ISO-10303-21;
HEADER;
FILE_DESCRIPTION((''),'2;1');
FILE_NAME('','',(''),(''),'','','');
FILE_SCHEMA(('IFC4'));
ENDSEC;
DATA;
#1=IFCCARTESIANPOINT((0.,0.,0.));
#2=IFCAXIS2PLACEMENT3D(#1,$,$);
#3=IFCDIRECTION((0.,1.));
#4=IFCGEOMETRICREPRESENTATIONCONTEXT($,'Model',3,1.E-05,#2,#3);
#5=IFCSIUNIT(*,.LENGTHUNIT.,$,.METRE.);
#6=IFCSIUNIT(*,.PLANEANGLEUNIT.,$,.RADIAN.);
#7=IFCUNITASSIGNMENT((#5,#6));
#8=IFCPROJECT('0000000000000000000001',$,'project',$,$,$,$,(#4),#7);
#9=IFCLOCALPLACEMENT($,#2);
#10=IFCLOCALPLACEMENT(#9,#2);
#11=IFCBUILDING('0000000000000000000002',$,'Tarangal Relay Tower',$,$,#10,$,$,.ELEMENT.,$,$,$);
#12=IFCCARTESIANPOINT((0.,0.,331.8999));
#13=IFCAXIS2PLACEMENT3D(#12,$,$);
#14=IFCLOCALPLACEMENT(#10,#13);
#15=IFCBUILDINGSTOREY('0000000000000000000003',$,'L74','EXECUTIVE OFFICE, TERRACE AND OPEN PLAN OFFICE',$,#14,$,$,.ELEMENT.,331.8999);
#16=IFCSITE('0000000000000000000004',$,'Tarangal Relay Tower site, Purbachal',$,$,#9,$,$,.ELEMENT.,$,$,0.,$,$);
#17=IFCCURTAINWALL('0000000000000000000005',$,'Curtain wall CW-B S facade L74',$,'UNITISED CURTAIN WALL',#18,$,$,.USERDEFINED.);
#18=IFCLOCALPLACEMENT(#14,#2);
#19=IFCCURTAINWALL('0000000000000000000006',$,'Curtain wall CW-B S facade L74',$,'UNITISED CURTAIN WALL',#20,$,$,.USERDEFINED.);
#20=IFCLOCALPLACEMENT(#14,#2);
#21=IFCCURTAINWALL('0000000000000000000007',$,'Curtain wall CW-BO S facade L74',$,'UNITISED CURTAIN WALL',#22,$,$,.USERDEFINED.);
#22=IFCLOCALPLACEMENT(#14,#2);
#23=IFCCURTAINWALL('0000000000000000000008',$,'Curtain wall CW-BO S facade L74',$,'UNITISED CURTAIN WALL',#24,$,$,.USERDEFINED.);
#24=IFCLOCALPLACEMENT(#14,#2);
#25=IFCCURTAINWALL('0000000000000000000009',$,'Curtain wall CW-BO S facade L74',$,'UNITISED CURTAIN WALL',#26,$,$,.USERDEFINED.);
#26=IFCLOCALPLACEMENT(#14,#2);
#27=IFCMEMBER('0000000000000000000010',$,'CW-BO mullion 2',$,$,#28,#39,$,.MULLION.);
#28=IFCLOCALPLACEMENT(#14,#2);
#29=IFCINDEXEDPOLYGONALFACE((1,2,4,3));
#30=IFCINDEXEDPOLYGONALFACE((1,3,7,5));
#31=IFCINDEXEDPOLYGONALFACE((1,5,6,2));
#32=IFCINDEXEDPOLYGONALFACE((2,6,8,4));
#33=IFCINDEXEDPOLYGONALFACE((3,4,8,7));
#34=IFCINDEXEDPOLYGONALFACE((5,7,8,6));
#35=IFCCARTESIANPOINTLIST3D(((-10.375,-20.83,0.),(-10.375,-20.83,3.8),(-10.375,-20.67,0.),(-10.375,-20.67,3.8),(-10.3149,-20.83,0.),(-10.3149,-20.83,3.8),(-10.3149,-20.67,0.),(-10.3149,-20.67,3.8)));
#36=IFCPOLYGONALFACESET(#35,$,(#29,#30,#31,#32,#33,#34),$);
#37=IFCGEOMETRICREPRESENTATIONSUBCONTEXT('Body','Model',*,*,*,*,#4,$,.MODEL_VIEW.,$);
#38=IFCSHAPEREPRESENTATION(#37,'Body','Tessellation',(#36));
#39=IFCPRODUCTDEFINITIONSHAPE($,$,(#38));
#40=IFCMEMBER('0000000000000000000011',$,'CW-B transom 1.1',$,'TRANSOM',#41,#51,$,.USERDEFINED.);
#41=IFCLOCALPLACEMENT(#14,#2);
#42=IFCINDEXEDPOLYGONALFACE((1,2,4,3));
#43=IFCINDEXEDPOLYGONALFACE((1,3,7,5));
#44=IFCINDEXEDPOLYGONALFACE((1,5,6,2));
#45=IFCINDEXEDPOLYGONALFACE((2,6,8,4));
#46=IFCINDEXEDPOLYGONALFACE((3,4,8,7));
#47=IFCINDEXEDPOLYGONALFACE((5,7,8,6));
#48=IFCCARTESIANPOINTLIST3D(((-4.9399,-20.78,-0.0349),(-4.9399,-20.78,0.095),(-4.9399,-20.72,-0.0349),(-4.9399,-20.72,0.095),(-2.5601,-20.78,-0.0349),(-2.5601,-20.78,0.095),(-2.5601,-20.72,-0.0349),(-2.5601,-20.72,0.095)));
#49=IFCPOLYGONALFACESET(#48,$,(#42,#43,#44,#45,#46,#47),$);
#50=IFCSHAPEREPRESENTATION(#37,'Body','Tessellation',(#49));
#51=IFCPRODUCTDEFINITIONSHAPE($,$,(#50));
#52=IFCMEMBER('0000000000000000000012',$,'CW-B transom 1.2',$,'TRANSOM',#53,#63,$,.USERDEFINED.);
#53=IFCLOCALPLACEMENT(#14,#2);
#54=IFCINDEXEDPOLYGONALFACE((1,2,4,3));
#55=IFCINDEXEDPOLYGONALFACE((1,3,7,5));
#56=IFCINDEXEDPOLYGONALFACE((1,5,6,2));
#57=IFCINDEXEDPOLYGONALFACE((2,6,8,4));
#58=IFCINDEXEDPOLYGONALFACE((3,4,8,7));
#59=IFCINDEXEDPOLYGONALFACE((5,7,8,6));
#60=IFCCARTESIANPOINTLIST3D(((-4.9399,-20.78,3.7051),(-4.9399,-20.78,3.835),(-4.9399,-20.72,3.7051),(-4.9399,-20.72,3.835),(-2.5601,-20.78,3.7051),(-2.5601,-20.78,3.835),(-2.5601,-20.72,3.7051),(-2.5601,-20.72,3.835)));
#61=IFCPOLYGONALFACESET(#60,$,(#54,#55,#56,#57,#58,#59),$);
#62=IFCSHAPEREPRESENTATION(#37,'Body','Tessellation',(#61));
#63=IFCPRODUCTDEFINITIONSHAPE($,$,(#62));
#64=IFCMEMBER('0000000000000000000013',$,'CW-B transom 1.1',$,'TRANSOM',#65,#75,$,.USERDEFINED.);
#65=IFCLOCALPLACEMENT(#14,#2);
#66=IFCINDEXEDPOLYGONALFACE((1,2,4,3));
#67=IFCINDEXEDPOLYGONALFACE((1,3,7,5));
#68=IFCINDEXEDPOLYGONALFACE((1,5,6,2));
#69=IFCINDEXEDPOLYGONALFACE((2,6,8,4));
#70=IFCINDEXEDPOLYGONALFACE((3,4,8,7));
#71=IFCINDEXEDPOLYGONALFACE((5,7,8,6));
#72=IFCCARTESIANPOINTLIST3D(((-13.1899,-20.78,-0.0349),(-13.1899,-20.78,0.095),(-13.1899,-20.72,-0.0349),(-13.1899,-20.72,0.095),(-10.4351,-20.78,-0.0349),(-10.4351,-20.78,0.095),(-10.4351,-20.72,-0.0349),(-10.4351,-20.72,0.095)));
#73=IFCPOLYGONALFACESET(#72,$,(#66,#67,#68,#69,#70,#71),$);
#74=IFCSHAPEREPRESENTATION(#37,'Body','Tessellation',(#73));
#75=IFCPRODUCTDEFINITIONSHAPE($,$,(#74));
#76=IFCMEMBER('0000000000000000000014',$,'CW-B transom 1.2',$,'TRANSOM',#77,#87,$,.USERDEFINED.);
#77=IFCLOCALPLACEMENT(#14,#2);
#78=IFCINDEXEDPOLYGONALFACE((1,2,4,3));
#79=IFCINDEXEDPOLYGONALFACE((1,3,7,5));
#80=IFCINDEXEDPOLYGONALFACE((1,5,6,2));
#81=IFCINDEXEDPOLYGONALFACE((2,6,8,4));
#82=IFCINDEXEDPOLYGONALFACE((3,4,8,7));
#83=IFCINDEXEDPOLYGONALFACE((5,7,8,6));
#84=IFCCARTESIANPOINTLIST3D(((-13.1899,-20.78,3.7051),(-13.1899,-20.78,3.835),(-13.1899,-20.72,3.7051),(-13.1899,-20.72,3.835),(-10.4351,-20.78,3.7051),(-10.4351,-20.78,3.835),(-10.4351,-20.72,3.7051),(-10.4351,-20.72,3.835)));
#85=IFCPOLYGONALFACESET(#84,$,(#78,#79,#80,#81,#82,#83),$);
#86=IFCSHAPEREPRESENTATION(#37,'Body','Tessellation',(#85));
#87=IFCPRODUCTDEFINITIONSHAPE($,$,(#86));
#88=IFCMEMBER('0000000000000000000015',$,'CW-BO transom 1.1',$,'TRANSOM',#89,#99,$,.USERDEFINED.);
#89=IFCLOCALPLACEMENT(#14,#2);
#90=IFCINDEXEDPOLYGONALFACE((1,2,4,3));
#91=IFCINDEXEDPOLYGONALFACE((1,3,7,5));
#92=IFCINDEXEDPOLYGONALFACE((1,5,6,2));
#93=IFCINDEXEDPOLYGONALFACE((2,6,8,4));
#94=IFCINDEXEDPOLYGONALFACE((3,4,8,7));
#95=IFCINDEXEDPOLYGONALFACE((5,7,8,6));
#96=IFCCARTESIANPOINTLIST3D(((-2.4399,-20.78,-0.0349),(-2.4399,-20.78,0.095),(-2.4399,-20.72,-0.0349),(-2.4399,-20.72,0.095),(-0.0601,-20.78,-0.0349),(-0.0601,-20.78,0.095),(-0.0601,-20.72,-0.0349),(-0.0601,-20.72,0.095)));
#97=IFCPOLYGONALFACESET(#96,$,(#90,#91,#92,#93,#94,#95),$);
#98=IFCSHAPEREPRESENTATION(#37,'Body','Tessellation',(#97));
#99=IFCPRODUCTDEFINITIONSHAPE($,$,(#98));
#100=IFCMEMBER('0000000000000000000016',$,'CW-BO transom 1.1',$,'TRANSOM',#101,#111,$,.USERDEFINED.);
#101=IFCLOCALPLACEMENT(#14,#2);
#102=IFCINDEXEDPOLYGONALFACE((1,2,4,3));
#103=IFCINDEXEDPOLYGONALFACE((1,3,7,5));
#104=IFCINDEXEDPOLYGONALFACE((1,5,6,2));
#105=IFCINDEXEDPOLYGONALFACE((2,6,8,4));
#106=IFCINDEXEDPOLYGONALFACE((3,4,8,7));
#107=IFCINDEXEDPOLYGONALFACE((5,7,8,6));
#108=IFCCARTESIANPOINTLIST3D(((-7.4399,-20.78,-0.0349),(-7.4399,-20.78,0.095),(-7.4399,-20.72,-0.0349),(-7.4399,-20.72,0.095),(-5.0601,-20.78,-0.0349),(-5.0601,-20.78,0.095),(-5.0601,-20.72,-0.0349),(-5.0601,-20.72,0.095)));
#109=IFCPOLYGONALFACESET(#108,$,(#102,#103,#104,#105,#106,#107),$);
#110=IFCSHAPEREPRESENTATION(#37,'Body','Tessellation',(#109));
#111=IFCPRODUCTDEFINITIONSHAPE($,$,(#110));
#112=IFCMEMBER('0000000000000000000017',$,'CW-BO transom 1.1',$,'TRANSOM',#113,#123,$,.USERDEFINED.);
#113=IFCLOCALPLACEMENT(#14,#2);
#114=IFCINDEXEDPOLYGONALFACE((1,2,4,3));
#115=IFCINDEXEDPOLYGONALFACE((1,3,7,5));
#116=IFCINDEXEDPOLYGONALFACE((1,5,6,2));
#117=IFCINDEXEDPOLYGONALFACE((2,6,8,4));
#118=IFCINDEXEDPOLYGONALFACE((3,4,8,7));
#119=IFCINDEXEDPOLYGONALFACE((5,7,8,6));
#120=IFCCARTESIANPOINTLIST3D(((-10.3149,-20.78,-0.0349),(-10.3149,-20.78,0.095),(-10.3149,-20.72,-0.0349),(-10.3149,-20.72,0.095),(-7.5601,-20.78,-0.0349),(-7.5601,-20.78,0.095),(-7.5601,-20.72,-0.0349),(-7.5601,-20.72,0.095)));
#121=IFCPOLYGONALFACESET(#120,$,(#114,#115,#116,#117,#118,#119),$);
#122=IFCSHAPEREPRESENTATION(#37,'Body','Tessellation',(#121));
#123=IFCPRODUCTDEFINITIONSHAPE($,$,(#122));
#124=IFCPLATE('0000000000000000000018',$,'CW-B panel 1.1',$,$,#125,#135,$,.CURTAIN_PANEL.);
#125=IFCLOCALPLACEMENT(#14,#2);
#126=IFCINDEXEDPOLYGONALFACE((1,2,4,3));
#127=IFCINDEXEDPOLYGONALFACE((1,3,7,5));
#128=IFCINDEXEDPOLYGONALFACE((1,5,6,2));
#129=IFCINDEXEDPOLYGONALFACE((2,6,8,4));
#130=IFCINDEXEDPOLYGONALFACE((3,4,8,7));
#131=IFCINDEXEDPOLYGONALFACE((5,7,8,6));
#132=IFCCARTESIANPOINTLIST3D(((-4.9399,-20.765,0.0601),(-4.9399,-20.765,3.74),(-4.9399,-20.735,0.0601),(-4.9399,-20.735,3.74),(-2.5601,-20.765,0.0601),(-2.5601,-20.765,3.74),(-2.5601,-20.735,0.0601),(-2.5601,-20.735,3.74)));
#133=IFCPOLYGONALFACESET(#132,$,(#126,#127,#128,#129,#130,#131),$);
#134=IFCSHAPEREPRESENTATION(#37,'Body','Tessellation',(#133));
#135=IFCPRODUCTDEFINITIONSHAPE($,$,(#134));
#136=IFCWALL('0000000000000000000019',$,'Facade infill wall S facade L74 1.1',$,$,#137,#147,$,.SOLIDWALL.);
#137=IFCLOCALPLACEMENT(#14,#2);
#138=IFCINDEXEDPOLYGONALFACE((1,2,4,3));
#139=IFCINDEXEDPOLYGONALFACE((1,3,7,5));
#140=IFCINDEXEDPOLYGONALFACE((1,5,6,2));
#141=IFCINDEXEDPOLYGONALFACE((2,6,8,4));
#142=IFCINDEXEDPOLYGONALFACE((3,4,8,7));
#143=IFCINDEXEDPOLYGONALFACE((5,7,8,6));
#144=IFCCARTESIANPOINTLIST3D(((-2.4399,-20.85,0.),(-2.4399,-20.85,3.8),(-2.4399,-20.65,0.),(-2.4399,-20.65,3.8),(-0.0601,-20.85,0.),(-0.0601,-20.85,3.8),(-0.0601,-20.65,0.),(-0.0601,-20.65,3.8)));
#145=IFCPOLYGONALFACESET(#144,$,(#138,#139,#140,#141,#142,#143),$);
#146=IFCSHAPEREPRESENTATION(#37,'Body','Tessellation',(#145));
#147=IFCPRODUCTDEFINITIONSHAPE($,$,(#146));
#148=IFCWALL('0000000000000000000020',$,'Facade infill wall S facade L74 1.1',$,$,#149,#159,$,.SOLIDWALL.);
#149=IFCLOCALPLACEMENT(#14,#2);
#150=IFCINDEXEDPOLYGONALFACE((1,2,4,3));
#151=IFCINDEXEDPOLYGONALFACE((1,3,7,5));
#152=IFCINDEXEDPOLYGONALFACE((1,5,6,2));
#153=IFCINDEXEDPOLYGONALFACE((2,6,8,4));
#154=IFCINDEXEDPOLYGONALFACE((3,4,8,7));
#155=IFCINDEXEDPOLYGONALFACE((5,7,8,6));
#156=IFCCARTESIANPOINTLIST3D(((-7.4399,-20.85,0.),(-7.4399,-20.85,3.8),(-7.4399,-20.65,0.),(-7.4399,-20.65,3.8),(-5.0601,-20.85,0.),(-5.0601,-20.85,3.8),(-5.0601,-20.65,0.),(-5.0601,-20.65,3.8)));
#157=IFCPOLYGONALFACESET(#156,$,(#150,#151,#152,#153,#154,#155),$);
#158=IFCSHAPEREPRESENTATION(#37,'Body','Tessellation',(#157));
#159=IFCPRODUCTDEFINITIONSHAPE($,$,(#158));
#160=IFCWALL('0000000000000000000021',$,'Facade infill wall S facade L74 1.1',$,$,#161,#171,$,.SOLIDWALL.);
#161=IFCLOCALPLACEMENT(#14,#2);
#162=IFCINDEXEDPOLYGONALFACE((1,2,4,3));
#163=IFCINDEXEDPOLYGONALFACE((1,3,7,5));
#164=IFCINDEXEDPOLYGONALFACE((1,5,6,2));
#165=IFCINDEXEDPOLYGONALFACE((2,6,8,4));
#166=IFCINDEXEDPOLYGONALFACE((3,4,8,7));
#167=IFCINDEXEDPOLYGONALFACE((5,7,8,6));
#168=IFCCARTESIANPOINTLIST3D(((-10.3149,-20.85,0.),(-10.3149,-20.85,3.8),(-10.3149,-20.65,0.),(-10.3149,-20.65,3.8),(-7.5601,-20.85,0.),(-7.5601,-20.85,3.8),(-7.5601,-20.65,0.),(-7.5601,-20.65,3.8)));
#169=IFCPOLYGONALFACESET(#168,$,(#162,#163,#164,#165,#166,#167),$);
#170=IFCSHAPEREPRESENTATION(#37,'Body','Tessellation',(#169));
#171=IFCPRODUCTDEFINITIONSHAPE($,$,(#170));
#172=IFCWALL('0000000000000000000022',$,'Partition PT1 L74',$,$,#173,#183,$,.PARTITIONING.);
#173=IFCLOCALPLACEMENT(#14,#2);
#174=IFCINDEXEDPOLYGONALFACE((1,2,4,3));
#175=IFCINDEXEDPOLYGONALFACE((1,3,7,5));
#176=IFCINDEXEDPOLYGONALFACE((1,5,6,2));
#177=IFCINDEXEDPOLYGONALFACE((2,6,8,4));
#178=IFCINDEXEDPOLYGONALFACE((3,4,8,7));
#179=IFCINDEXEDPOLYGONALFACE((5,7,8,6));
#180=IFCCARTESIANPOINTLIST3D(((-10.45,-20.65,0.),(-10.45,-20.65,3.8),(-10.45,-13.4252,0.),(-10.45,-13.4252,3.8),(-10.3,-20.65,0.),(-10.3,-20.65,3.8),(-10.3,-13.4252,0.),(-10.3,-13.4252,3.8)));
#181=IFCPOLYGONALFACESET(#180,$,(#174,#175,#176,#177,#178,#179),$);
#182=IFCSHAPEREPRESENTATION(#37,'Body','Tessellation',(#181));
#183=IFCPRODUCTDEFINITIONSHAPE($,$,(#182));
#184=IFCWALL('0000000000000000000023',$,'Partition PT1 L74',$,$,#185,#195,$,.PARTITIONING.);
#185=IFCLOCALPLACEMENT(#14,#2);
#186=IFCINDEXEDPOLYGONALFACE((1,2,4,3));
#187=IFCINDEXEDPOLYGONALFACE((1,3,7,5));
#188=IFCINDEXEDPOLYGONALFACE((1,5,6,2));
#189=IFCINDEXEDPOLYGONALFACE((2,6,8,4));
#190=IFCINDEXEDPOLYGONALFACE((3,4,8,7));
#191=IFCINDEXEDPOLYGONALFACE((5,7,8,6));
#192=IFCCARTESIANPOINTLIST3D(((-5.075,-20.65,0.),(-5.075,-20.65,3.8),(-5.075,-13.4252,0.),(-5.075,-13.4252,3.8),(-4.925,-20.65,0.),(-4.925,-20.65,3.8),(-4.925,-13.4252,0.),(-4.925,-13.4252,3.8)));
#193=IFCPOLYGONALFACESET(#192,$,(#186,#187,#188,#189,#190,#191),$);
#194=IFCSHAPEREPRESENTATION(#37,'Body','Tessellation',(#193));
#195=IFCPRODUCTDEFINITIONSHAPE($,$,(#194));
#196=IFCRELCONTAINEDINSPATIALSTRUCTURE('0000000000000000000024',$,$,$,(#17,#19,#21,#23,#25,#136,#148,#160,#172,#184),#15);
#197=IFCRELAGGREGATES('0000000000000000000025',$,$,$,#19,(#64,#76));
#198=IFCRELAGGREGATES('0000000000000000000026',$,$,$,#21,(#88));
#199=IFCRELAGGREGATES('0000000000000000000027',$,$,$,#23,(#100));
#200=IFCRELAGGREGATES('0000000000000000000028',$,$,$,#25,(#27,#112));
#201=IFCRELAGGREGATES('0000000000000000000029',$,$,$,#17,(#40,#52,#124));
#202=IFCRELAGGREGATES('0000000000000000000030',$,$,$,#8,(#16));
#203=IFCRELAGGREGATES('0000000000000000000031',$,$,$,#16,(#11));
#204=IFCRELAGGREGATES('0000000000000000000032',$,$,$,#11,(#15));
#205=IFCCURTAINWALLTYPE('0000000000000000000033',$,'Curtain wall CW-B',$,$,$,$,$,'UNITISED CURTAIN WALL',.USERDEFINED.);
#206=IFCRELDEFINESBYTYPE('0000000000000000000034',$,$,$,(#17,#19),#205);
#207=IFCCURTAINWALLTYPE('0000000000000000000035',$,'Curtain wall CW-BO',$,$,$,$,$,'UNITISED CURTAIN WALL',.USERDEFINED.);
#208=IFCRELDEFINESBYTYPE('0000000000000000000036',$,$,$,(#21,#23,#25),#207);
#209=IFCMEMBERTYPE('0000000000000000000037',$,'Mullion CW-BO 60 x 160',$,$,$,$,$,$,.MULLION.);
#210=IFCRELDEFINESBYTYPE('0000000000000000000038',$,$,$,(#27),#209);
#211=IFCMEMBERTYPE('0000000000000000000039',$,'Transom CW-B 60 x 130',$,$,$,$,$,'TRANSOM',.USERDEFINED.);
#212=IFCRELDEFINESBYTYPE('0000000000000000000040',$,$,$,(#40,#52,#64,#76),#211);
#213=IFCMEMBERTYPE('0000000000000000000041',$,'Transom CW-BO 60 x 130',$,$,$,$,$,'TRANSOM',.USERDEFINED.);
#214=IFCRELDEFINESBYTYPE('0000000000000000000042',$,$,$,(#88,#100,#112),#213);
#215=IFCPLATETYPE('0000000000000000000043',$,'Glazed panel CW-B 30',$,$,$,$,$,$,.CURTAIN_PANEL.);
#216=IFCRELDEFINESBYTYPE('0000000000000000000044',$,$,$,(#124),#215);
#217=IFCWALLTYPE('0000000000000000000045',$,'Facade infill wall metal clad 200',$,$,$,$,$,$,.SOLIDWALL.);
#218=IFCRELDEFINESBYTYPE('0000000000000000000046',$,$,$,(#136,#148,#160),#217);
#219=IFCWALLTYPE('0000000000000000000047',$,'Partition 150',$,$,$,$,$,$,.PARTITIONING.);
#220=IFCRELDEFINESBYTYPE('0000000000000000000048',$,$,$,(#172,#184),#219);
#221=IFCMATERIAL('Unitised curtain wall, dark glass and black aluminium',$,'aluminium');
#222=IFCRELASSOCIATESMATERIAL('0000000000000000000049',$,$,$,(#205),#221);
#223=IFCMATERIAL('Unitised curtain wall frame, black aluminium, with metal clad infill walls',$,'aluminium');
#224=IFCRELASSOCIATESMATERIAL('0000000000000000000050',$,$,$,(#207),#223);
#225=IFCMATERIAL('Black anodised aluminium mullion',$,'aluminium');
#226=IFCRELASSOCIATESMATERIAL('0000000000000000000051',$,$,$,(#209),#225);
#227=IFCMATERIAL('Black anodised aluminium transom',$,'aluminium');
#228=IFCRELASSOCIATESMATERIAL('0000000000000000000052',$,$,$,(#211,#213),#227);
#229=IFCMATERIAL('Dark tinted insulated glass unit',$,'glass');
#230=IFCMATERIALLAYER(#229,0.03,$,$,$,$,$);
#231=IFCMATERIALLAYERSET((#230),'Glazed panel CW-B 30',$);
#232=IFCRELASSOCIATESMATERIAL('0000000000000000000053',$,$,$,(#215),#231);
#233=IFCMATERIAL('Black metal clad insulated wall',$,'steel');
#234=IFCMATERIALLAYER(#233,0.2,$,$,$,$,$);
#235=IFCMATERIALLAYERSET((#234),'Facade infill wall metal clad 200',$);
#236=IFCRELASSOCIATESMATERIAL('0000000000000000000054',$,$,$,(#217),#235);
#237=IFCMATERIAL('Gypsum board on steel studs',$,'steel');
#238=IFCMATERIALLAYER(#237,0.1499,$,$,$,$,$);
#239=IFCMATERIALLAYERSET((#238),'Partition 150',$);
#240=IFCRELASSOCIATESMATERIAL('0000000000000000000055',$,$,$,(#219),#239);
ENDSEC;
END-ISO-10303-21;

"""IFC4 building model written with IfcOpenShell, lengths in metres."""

from ifc_helpers import new_model, si_unit, direction, frame, frame_2d, origin, origin_2d, place, context, subcontext, project, spatial, rectangle, extrude, material, layer, layer_set, material_profile, profile_set, type_object, element, aggregate, save


model = new_model("IFC4")

# Units and contexts
model_context = context("Model", 3, precision=1e-05, world=origin(), true_north=direction((0.0, 1.0)))
body_context = subcontext(model_context, "Body", "Model", "MODEL_VIEW")
ifc_project = project(units=[si_unit("LENGTHUNIT", "METRE"), si_unit("PLANEANGLEUNIT", "RADIAN")], contexts=[model_context])

# Site, building, storey
site_placement = place(None, origin())
site = spatial("IfcSite", under=ifc_project, at=site_placement, Name="Tarangal Relay Tower site, Purbachal", CompositionType="ELEMENT", RefElevation=0.0)
building_placement = place(site_placement, origin())
building = spatial("IfcBuilding", under=site, at=building_placement, Name="Tarangal Relay Tower", CompositionType="ELEMENT")
storey_placement = place(building_placement, frame((0.0, 0.0, 331.8999)))
storey = spatial("IfcBuildingStorey", under=building, at=storey_placement, Name="L74", Description="EXECUTIVE OFFICE, TERRACE AND OPEN PLAN OFFICE", CompositionType="ELEMENT", Elevation=331.8999)

# Curtain wall
ifc_material_1 = material(Name="Unitised curtain wall, dark glass and black aluminium", Category="aluminium")
curtain_wall_type_1 = type_object("IfcCurtainWallType", Name="Curtain wall CW-B", ElementType="UNITISED CURTAIN WALL", PredefinedType="USERDEFINED", material=ifc_material_1)
curtain_wall_1_placement = place(storey_placement, origin())
curtain_wall_1 = element("IfcCurtainWall", 1, at=curtain_wall_1_placement, inside=storey, type_object=curtain_wall_type_1, Name="Curtain wall CW-B S facade L74", ObjectType="UNITISED CURTAIN WALL", PredefinedType="USERDEFINED")
ifc_material_2 = material(Name="Black anodised aluminium mullion", Category="aluminium")

# Curtain wall
curtain_wall_2_placement = place(storey_placement, origin())
curtain_wall_2 = element("IfcCurtainWall", 2, at=curtain_wall_2_placement, inside=storey, type_object=curtain_wall_type_1, Name="Curtain wall CW-B S facade L74", ObjectType="UNITISED CURTAIN WALL", PredefinedType="USERDEFINED")

# Curtain walls, member
ifc_material_3 = material(Name="Unitised curtain wall frame, black aluminium, with metal clad infill walls", Category="aluminium")
curtain_wall_type_2 = type_object("IfcCurtainWallType", Name="Curtain wall CW-BO", ElementType="UNITISED CURTAIN WALL", PredefinedType="USERDEFINED", material=ifc_material_3)
curtain_wall_3_placement = place(storey_placement, origin())
curtain_wall_3 = element("IfcCurtainWall", 3, at=curtain_wall_3_placement, inside=storey, type_object=curtain_wall_type_2, Name="Curtain wall CW-BO S facade L74", ObjectType="UNITISED CURTAIN WALL", PredefinedType="USERDEFINED")
ifc_material_profile_1 = material_profile(ifc_material_2, rectangle(XDim=0.1599, YDim=0.0601, at=origin_2d()), Name="CW-BOM 60X160")
ifc_profile_set_1 = profile_set([ifc_material_profile_1], Name="Black anodised aluminium mullion")
member_type_1 = type_object("IfcMemberType", Name="Mullion CW-BO 60 x 160", PredefinedType="MULLION", material=ifc_profile_set_1)
curtain_wall_4_placement = place(storey_placement, origin())
curtain_wall_4 = element("IfcCurtainWall", 4, at=curtain_wall_4_placement, inside=storey, type_object=curtain_wall_type_2, Name="Curtain wall CW-BO S facade L74", ObjectType="UNITISED CURTAIN WALL", PredefinedType="USERDEFINED")
curtain_wall_5_placement = place(storey_placement, origin())
curtain_wall_5 = element("IfcCurtainWall", 5, at=curtain_wall_5_placement, inside=storey, type_object=curtain_wall_type_2, Name="Curtain wall CW-BO S facade L74", ObjectType="UNITISED CURTAIN WALL", PredefinedType="USERDEFINED")
member_1_placement = place(storey_placement, frame((-10.345, -20.75, 0.0), z_axis=(0.0, 0.0, 1.0), x_axis=(0.0, -1.0, 0.0)))
member_1 = element("IfcMember", 6, at=member_1_placement, type_object=member_type_1, Name="CW-BO mullion 2", PredefinedType="MULLION", context=body_context, shape_type="SweptSolid", body=[
    extrude(rectangle(XDim=0.1599, YDim=0.0601, at=origin_2d()), origin(), (0.0, 0.0, 1.0), 3.8),
])

# Members
ifc_material_4 = material(Name="Black anodised aluminium transom", Category="aluminium")
ifc_material_profile_2 = material_profile(ifc_material_4, rectangle(XDim=0.0601, YDim=0.1299, at=origin_2d()), Name="CW-BT 60X130")
ifc_profile_set_2 = profile_set([ifc_material_profile_2], Name="Black anodised aluminium transom")
member_type_2 = type_object("IfcMemberType", Name="Transom CW-B 60 x 130", ElementType="TRANSOM", PredefinedType="USERDEFINED", material=ifc_profile_set_2)
member_2_placement = place(storey_placement, frame((-2.5601, -20.75, 0.03), z_axis=(-1.0, 0.0, 0.0), x_axis=(0.0, -1.0, 0.0)))
member_2 = element("IfcMember", 7, at=member_2_placement, type_object=member_type_2, Name="CW-B transom 1.1", ObjectType="TRANSOM", PredefinedType="USERDEFINED", context=body_context, shape_type="SweptSolid", body=[
    extrude(rectangle(XDim=0.0601, YDim=0.1299, at=origin_2d()), origin(), (0.0, 0.0, 1.0), 2.3799),
])
member_3_placement = place(storey_placement, frame((-2.5601, -20.75, 3.77), z_axis=(-1.0, 0.0, 0.0), x_axis=(0.0, -1.0, 0.0)))
member_3 = element("IfcMember", 8, at=member_3_placement, type_object=member_type_2, Name="CW-B transom 1.2", ObjectType="TRANSOM", PredefinedType="USERDEFINED", context=body_context, shape_type="SweptSolid", body=[
    extrude(rectangle(XDim=0.0601, YDim=0.1299, at=origin_2d()), origin(), (0.0, 0.0, 1.0), 2.3799),
])
member_4_placement = place(storey_placement, frame((-10.4351, -20.75, 0.03), z_axis=(-1.0, 0.0, 0.0), x_axis=(0.0, -1.0, 0.0)))
member_4 = element("IfcMember", 9, at=member_4_placement, type_object=member_type_2, Name="CW-B transom 1.1", ObjectType="TRANSOM", PredefinedType="USERDEFINED", context=body_context, shape_type="SweptSolid", body=[
    extrude(rectangle(XDim=0.0601, YDim=0.1299, at=origin_2d()), origin(), (0.0, 0.0, 1.0), 2.7549),
])
member_5_placement = place(storey_placement, frame((-10.4351, -20.75, 3.77), z_axis=(-1.0, 0.0, 0.0), x_axis=(0.0, -1.0, 0.0)))
member_5 = element("IfcMember", 10, at=member_5_placement, type_object=member_type_2, Name="CW-B transom 1.2", ObjectType="TRANSOM", PredefinedType="USERDEFINED", context=body_context, shape_type="SweptSolid", body=[
    extrude(rectangle(XDim=0.0601, YDim=0.1299, at=origin_2d()), origin(), (0.0, 0.0, 1.0), 2.7549),
])
aggregate(curtain_wall_2, [member_4, member_5])
ifc_material_profile_3 = material_profile(ifc_material_4, rectangle(XDim=0.0601, YDim=0.1299, at=origin_2d()), Name="CW-BOT 60X130")
ifc_profile_set_3 = profile_set([ifc_material_profile_3], Name="Black anodised aluminium transom")
member_type_3 = type_object("IfcMemberType", Name="Transom CW-BO 60 x 130", ElementType="TRANSOM", PredefinedType="USERDEFINED", material=ifc_profile_set_3)
member_6_placement = place(storey_placement, frame((-0.0601, -20.75, 0.03), z_axis=(-1.0, 0.0, 0.0), x_axis=(0.0, -1.0, 0.0)))
member_6 = element("IfcMember", 11, at=member_6_placement, type_object=member_type_3, Name="CW-BO transom 1.1", ObjectType="TRANSOM", PredefinedType="USERDEFINED", context=body_context, shape_type="SweptSolid", body=[
    extrude(rectangle(XDim=0.0601, YDim=0.1299, at=origin_2d()), origin(), (0.0, 0.0, 1.0), 2.3799),
])
aggregate(curtain_wall_3, [member_6])
member_7_placement = place(storey_placement, frame((-5.0601, -20.75, 0.03), z_axis=(-1.0, 0.0, 0.0), x_axis=(0.0, -1.0, 0.0)))
member_7 = element("IfcMember", 12, at=member_7_placement, type_object=member_type_3, Name="CW-BO transom 1.1", ObjectType="TRANSOM", PredefinedType="USERDEFINED", context=body_context, shape_type="SweptSolid", body=[
    extrude(rectangle(XDim=0.0601, YDim=0.1299, at=origin_2d()), origin(), (0.0, 0.0, 1.0), 2.3799),
])
aggregate(curtain_wall_4, [member_7])
member_8_placement = place(storey_placement, frame((-7.5601, -20.75, 0.03), z_axis=(-1.0, 0.0, 0.0), x_axis=(0.0, -1.0, 0.0)))
member_8 = element("IfcMember", 13, at=member_8_placement, type_object=member_type_3, Name="CW-BO transom 1.1", ObjectType="TRANSOM", PredefinedType="USERDEFINED", context=body_context, shape_type="SweptSolid", body=[
    extrude(rectangle(XDim=0.0601, YDim=0.1299, at=origin_2d()), origin(), (0.0, 0.0, 1.0), 2.7549),
])
aggregate(curtain_wall_5, [member_1, member_8])

# Plate
ifc_material_5 = material(Name="Dark tinted insulated glass unit", Category="glass")
ifc_layer_1 = layer(ifc_material_5, 0.03)
ifc_layer_set_1 = layer_set([ifc_layer_1], Name="Glazed panel CW-B 30")
plate_type = type_object("IfcPlateType", Name="Glazed panel CW-B 30", PredefinedType="CURTAIN_PANEL", material=ifc_layer_set_1)
plate_placement = place(storey_placement, frame((-3.75, -20.75, 0.0601), z_axis=(0.0, 0.0, 1.0), x_axis=(-1.0, 0.0, 0.0)))
plate = element("IfcPlate", 14, at=plate_placement, type_object=plate_type, Name="CW-B panel 1.1", PredefinedType="CURTAIN_PANEL", context=body_context, shape_type="SweptSolid", body=[
    extrude(rectangle(XDim=2.3799, YDim=0.03, at=origin_2d()), origin(), (0.0, 0.0, 1.0), 3.6799),
])
aggregate(curtain_wall_1, [member_2, member_3, plate])

# Walls
ifc_material_6 = material(Name="Black metal clad insulated wall", Category="steel")
ifc_layer_2 = layer(ifc_material_6, 0.2)
ifc_layer_set_2 = layer_set([ifc_layer_2], Name="Facade infill wall metal clad 200")
wall_type_1 = type_object("IfcWallType", Name="Facade infill wall metal clad 200", PredefinedType="SOLIDWALL", material=ifc_layer_set_2)
for number, where, z_axis, x_axis, name in (
    (15, (-0.0601, -20.75, 0.0), (0.0, 0.0, 1.0), (-1.0, 0.0, 0.0), "Facade infill wall S facade L74 1.1"),
    (16, (-5.0601, -20.75, 0.0), (0.0, 0.0, 1.0), (-1.0, 0.0, 0.0), "Facade infill wall S facade L74 1.1"),
):
    element("IfcWall", number, at=place(storey_placement, frame(where, z_axis=z_axis, x_axis=x_axis)), inside=storey, type_object=wall_type_1, Name=name, PredefinedType="SOLIDWALL", context=body_context, shape_type="SweptSolid", body=[
        extrude(rectangle(XDim=2.3799, YDim=0.2, at=frame_2d((1.1899, 0.0))), origin(), (0.0, 0.0, 1.0), 3.8),
    ])
wall_placement = place(storey_placement, frame((-7.5601, -20.75, 0.0), z_axis=(0.0, 0.0, 1.0), x_axis=(-1.0, 0.0, 0.0)))
element("IfcWall", 17, at=wall_placement, inside=storey, type_object=wall_type_1, Name="Facade infill wall S facade L74 1.1", PredefinedType="SOLIDWALL", context=body_context, shape_type="SweptSolid", body=[
    extrude(rectangle(XDim=2.7549, YDim=0.2, at=frame_2d((1.3774, 0.0))), origin(), (0.0, 0.0, 1.0), 3.8),
])
ifc_material_7 = material(Name="Gypsum board on steel studs", Category="steel")
ifc_layer_3 = layer(ifc_material_7, 0.1499)
ifc_layer_set_3 = layer_set([ifc_layer_3], Name="Partition 150")
wall_type_2 = type_object("IfcWallType", Name="Partition 150", PredefinedType="PARTITIONING", material=ifc_layer_set_3)
for number, where, z_axis, x_axis, name in (
    (18, (-10.375, -20.6499, 0.0), (0.0, 0.0, 1.0), (0.0, 1.0, 0.0), "Partition PT1 L74"),
    (19, (-5.0, -20.6499, 0.0), (0.0, 0.0, 1.0), (0.0, 1.0, 0.0), "Partition PT1 L74"),
):
    element("IfcWall", number, at=place(storey_placement, frame(where, z_axis=z_axis, x_axis=x_axis)), inside=storey, type_object=wall_type_2, Name=name, PredefinedType="PARTITIONING", context=body_context, shape_type="SweptSolid", body=[
        extrude(rectangle(XDim=7.2249, YDim=0.1499, at=frame_2d((3.6123, 0.0))), origin(), (0.0, 0.0, 1.0), 3.8),
    ])

save(model, "model.ifc")
